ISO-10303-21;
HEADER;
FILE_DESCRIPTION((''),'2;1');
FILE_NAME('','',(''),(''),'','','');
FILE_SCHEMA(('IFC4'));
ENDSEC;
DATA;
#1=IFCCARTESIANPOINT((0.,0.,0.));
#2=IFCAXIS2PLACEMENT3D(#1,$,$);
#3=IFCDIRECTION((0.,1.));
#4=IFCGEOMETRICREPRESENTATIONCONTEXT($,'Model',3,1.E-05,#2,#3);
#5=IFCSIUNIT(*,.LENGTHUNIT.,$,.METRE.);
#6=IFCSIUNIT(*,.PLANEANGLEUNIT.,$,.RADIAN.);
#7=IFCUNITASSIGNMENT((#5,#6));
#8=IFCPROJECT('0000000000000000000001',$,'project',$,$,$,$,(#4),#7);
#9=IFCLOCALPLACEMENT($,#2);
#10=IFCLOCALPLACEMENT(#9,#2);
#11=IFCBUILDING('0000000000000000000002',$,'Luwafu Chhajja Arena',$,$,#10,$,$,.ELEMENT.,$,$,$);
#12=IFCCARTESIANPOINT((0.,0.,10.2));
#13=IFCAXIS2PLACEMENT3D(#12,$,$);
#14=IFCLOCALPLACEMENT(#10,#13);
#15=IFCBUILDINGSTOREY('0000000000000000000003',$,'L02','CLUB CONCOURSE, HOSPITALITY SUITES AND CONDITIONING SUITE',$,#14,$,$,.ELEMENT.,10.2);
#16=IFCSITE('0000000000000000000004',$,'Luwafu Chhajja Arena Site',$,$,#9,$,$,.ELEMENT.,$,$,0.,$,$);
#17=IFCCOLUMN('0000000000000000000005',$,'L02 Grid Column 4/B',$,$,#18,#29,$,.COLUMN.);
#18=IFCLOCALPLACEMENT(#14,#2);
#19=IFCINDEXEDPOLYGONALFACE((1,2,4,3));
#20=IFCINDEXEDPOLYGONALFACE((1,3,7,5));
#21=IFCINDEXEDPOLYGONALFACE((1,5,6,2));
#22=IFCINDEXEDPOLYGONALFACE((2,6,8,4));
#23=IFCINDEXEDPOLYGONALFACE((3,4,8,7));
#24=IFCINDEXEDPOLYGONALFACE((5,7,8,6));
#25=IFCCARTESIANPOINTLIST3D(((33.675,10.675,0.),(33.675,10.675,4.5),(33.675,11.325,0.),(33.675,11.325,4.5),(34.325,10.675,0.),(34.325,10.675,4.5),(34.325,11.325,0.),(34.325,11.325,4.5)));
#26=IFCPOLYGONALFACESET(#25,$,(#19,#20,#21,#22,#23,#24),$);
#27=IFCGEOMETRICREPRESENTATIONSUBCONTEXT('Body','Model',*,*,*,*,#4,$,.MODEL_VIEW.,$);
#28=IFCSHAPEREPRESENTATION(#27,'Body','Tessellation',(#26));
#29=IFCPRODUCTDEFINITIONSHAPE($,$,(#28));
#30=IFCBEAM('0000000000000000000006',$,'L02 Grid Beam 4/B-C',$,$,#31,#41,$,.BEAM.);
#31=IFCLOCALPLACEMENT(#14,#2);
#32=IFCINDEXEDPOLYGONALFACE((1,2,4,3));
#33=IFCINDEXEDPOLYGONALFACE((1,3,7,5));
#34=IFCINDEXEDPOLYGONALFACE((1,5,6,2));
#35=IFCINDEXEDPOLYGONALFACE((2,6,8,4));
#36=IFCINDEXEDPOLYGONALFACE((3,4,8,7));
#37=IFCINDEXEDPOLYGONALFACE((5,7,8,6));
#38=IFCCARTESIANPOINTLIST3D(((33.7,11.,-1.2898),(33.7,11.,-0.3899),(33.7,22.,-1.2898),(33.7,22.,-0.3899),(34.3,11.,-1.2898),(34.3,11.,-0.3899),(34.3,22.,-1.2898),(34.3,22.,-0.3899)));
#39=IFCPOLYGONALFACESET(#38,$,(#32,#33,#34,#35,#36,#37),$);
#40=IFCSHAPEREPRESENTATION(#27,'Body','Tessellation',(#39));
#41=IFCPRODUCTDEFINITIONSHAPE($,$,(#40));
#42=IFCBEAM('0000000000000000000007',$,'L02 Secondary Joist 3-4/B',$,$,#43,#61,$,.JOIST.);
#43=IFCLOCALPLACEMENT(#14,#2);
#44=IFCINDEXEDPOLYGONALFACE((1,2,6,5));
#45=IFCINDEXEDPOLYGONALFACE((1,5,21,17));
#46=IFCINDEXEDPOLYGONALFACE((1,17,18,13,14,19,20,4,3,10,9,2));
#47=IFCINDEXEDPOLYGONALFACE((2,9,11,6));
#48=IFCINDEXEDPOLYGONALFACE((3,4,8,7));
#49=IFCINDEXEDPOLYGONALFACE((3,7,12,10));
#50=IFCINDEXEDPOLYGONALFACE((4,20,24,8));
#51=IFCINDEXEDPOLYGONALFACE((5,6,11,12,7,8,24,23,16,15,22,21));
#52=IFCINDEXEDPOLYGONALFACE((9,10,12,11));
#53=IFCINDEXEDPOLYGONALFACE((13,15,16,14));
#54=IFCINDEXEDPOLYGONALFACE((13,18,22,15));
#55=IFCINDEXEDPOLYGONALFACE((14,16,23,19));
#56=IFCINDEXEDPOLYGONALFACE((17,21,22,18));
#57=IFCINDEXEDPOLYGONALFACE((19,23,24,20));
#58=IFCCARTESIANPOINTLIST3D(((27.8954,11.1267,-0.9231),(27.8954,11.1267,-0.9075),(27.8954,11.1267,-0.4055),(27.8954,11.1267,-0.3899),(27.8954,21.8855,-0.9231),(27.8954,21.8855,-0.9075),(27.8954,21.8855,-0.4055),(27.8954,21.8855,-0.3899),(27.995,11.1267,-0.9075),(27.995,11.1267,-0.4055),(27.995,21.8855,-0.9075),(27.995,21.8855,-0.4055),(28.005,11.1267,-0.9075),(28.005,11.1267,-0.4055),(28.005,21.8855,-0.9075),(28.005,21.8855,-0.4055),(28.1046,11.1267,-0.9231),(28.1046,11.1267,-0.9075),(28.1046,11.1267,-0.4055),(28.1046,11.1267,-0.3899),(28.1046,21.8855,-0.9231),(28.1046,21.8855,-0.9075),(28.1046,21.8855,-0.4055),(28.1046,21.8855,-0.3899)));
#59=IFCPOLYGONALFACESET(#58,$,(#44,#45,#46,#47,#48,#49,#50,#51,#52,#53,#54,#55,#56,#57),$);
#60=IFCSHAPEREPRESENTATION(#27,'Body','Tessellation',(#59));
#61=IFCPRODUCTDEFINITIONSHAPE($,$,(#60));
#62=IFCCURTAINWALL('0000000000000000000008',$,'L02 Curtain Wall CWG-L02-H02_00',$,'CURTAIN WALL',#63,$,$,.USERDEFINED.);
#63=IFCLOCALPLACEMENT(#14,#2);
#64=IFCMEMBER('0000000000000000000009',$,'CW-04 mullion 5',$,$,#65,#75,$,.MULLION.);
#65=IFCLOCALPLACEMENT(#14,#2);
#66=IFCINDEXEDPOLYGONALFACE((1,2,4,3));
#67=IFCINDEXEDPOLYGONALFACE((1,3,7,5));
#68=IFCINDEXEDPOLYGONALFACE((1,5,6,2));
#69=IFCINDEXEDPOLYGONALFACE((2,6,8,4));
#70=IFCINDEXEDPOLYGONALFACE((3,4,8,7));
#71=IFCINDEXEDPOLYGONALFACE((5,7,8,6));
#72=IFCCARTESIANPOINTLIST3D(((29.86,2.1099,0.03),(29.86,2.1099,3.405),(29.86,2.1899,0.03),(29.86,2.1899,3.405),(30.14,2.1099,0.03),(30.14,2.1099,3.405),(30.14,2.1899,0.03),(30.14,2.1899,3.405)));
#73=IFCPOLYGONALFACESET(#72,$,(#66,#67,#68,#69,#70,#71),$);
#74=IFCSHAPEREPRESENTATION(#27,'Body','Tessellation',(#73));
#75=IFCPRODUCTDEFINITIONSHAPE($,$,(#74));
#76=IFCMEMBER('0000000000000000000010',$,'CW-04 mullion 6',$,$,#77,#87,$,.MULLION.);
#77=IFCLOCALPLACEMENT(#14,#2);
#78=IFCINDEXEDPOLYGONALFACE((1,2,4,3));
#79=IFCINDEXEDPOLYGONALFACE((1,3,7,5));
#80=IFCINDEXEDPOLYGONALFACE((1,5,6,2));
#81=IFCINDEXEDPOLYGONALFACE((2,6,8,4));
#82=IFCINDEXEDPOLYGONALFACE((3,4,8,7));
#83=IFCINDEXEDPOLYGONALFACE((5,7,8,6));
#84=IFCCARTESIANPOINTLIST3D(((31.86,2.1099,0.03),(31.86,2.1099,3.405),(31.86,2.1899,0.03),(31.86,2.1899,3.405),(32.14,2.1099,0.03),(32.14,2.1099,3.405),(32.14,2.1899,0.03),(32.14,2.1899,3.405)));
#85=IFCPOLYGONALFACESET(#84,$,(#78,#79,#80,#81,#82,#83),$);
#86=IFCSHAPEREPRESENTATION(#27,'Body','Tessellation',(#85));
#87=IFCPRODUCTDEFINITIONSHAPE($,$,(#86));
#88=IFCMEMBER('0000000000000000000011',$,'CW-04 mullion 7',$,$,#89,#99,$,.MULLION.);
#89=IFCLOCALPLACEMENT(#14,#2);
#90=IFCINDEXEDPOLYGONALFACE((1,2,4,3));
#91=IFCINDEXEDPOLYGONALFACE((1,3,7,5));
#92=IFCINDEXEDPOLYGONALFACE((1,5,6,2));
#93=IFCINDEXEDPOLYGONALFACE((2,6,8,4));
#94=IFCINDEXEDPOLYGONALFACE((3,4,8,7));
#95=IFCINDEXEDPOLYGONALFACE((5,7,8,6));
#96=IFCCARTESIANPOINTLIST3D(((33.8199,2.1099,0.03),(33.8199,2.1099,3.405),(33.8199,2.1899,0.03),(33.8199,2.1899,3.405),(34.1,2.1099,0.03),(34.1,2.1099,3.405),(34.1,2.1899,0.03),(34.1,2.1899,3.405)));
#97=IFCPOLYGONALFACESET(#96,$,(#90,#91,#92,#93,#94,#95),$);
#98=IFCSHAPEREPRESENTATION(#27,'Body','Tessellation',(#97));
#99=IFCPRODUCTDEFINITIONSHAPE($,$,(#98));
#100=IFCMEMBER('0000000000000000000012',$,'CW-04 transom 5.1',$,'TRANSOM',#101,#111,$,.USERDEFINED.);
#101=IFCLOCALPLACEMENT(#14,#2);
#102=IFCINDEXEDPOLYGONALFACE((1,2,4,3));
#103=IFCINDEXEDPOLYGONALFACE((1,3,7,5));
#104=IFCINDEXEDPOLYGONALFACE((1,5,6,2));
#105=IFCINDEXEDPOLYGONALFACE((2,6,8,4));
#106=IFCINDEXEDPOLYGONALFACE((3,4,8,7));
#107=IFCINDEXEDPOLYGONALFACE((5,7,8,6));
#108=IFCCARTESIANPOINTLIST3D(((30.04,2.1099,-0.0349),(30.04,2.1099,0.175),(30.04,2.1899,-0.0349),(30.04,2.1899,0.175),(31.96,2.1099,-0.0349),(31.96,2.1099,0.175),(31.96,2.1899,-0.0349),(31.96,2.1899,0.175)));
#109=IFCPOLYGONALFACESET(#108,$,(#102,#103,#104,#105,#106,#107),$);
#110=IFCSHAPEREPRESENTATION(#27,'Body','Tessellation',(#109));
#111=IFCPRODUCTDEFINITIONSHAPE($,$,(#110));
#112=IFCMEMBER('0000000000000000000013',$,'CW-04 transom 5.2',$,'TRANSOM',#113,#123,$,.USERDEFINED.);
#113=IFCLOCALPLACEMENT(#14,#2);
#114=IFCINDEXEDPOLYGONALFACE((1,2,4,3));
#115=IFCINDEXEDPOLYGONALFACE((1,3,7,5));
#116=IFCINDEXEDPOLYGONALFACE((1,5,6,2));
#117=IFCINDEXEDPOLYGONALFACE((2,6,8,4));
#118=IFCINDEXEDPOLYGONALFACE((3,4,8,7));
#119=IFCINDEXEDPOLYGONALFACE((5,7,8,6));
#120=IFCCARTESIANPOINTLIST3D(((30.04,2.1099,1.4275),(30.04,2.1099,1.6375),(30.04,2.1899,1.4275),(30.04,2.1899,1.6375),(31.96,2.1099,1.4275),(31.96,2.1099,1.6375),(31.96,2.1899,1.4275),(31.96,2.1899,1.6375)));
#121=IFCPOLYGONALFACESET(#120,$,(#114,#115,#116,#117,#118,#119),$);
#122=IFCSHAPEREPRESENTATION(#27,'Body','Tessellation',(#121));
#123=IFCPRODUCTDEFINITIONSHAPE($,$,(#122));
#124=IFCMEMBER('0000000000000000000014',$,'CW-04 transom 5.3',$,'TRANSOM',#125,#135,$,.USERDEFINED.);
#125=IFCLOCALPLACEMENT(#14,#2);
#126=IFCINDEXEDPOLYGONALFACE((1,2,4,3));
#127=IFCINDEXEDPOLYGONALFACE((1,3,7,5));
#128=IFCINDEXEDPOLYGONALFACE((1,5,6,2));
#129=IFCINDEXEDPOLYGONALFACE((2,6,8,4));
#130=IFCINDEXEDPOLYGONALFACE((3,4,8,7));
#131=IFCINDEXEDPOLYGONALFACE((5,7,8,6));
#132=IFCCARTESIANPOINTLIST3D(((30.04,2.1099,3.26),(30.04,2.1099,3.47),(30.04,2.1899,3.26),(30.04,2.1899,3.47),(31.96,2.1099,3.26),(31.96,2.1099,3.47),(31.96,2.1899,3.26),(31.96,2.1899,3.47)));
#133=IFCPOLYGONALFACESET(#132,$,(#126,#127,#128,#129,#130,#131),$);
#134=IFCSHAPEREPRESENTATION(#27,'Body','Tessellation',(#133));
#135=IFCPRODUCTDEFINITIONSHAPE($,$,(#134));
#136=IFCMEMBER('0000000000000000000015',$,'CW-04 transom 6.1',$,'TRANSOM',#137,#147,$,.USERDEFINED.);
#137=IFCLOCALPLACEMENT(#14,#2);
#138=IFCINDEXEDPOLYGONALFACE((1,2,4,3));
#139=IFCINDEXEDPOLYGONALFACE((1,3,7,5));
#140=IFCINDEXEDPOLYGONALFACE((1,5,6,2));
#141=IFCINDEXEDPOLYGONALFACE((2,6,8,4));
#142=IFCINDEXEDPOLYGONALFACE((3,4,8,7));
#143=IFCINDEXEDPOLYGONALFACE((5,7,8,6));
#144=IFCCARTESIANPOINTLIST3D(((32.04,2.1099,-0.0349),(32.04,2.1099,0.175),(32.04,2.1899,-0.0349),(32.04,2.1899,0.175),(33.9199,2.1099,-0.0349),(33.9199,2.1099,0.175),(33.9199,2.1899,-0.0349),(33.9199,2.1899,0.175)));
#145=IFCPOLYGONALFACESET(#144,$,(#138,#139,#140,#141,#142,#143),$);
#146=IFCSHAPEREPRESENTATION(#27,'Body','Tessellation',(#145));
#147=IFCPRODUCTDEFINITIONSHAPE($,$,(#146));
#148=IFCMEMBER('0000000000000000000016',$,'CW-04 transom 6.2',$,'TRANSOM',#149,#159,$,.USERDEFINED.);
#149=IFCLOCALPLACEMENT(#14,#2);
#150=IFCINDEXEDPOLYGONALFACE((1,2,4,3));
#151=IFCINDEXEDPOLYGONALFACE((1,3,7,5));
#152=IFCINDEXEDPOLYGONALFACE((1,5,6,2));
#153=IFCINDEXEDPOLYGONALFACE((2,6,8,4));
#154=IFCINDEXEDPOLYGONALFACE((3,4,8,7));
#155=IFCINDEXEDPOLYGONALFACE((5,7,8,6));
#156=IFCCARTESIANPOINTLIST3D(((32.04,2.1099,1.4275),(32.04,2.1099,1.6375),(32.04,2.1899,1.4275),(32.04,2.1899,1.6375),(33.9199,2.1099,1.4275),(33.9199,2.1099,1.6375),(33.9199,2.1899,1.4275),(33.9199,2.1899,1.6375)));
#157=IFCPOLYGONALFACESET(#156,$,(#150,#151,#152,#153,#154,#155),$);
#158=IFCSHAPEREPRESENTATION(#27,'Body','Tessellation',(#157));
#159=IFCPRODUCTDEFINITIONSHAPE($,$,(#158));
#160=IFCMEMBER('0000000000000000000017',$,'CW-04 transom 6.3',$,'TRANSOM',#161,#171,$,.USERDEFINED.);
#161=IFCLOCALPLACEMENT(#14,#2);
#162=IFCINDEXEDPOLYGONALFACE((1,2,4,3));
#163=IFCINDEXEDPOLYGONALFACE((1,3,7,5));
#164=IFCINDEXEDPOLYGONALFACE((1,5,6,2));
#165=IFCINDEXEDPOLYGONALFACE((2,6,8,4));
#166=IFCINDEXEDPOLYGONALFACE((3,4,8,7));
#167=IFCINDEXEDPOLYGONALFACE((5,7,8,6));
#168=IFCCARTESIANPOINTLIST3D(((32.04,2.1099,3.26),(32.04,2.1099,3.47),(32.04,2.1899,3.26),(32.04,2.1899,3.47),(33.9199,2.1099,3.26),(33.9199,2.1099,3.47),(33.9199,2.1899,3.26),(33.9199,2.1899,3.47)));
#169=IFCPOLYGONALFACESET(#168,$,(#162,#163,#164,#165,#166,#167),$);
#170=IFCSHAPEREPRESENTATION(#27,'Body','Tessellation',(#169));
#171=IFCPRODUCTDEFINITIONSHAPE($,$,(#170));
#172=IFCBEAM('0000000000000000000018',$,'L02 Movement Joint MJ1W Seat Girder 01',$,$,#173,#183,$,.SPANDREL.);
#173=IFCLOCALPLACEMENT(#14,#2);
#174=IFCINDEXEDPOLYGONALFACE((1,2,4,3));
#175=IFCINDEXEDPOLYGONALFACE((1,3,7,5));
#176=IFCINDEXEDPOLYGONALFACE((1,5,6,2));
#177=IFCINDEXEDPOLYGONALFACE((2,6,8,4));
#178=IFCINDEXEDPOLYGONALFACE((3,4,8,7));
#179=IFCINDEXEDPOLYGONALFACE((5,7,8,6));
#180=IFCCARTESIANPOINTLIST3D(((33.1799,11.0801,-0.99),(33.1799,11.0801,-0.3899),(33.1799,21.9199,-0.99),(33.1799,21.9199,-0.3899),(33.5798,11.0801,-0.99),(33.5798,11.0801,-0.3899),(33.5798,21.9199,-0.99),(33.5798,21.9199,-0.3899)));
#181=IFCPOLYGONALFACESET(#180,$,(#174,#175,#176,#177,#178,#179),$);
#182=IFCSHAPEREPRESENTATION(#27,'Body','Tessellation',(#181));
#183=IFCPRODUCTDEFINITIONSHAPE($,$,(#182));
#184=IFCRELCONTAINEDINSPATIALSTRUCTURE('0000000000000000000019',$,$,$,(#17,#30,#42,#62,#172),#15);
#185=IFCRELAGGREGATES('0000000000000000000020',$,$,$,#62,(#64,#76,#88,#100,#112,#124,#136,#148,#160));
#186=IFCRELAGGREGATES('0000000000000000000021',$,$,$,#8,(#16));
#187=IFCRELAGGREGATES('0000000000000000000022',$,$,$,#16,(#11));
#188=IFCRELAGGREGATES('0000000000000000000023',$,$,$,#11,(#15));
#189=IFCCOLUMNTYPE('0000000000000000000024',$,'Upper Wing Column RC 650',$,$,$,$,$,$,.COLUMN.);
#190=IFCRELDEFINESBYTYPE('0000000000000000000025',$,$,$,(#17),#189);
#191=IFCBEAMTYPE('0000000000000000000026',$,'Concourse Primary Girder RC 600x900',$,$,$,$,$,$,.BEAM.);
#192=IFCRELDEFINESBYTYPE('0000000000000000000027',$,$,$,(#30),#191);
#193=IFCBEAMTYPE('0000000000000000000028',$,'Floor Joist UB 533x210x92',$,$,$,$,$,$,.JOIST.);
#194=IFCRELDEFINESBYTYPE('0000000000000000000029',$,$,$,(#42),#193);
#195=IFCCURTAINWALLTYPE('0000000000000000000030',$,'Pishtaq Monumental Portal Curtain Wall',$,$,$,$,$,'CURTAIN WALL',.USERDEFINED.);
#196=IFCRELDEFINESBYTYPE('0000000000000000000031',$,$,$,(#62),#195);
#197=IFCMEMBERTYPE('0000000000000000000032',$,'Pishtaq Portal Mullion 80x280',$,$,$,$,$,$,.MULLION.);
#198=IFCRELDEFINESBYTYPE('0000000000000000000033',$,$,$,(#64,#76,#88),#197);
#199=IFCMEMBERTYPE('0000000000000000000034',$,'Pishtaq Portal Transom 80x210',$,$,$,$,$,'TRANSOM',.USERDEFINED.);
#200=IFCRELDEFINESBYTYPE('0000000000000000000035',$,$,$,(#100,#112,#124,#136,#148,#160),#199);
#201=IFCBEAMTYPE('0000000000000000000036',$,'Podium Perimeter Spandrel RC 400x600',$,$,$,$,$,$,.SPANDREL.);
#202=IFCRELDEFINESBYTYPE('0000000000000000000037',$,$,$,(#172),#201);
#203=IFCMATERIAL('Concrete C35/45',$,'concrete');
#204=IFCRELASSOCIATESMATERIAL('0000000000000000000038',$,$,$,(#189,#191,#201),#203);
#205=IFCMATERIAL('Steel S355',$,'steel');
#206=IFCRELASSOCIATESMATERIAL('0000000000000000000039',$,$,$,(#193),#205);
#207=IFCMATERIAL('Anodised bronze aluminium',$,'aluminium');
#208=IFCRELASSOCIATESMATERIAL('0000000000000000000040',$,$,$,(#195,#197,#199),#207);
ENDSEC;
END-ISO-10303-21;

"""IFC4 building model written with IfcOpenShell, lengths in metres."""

from ifc_helpers import new_model, si_unit, direction, frame, origin, origin_2d, place, context, subcontext, project, spatial, rectangle, i_section, extrude, material, material_profile, profile_set, type_object, element, aggregate, save


model = new_model("IFC4")

# Units and contexts
model_context = context("Model", 3, precision=1e-05, world=origin(), true_north=direction((0.0, 1.0)))
body_context = subcontext(model_context, "Body", "Model", "MODEL_VIEW")
ifc_project = project(units=[si_unit("LENGTHUNIT", "METRE"), si_unit("PLANEANGLEUNIT", "RADIAN")], contexts=[model_context])

# Site, building, storey
site_placement = place(None, origin())
site = spatial("IfcSite", under=ifc_project, at=site_placement, Name="Luwafu Chhajja Arena Site", CompositionType="ELEMENT", RefElevation=0.0)
building_placement = place(site_placement, origin())
building = spatial("IfcBuilding", under=site, at=building_placement, Name="Luwafu Chhajja Arena", CompositionType="ELEMENT")
storey_placement = place(building_placement, frame((0.0, 0.0, 10.2)))
storey = spatial("IfcBuildingStorey", under=building, at=storey_placement, Name="L02", Description="CLUB CONCOURSE, HOSPITALITY SUITES AND CONDITIONING SUITE", CompositionType="ELEMENT", Elevation=10.2)

# Column
ifc_material_1 = material(Name="Concrete C35/45", Category="concrete")
ifc_material_profile_1 = material_profile(ifc_material_1, rectangle(XDim=0.6499, YDim=0.6499, at=origin_2d()), Name="RC 650x650")
ifc_profile_set_1 = profile_set([ifc_material_profile_1], Name="Concrete C35/45")
column_type = type_object("IfcColumnType", Name="Upper Wing Column RC 650", PredefinedType="COLUMN", material=ifc_profile_set_1)
column_placement = place(storey_placement, frame((34.0, 11.0, 0.0), z_axis=(0.0, 0.0, 1.0), x_axis=(1.0, 0.0, 0.0)))
element("IfcColumn", 1, at=column_placement, inside=storey, type_object=column_type, Name="L02 Grid Column 4/B", PredefinedType="COLUMN", context=body_context, shape_type="SweptSolid", body=[
    extrude(rectangle(XDim=0.6499, YDim=0.6499, at=origin_2d()), origin(), (0.0, 0.0, 1.0), 4.5),
])

# Beams
ifc_material_profile_2 = material_profile(ifc_material_1, rectangle(XDim=0.6001, YDim=0.8999, at=origin_2d()), Name="RC 600x900")
ifc_profile_set_2 = profile_set([ifc_material_profile_2], Name="Concrete C35/45")
beam_type_1 = type_object("IfcBeamType", Name="Concourse Primary Girder RC 600x900", PredefinedType="BEAM", material=ifc_profile_set_2)
beam_1_placement = place(storey_placement, frame((34.0, 11.0, -0.8398), z_axis=(0.0, 1.0, 0.0), x_axis=(-1.0, 0.0, 0.0)))
element("IfcBeam", 2, at=beam_1_placement, inside=storey, type_object=beam_type_1, Name="L02 Grid Beam 4/B-C", PredefinedType="BEAM", context=body_context, shape_type="SweptSolid", body=[
    extrude(rectangle(XDim=0.6001, YDim=0.8999, at=origin_2d()), origin(), (0.0, 0.0, 1.0), 11.0),
])
ifc_material_2 = material(Name="Steel S355", Category="steel")
ifc_material_profile_3 = material_profile(ifc_material_2, i_section(OverallWidth=0.2092, OverallDepth=0.5332, WebThickness=0.01, FlangeThickness=0.0156, at=origin_2d()), Name="UB 533x210x92")
ifc_profile_set_3 = profile_set([ifc_material_profile_3], Name="Steel S355")
beam_type_2 = type_object("IfcBeamType", Name="Floor Joist UB 533x210x92", PredefinedType="JOIST", material=ifc_profile_set_3)
beam_2_placement = place(storey_placement, frame((28.0, 11.1267, -0.6565), z_axis=(0.0, 1.0, 0.0), x_axis=(-1.0, 0.0, 0.0)))
element("IfcBeam", 3, at=beam_2_placement, inside=storey, type_object=beam_type_2, Name="L02 Secondary Joist 3-4/B", PredefinedType="JOIST", context=body_context, shape_type="SweptSolid", body=[
    extrude(i_section(OverallWidth=0.2092, OverallDepth=0.5332, WebThickness=0.01, FlangeThickness=0.0156, at=origin_2d()), origin(), (0.0, 0.0, 1.0), 10.7588),
])

# Curtain wall, members
ifc_material_3 = material(Name="Anodised bronze aluminium", Category="aluminium")
curtain_wall_type = type_object("IfcCurtainWallType", Name="Pishtaq Monumental Portal Curtain Wall", ElementType="CURTAIN WALL", PredefinedType="USERDEFINED", material=ifc_material_3)
curtain_wall_placement = place(storey_placement, origin())
curtain_wall = element("IfcCurtainWall", 4, at=curtain_wall_placement, inside=storey, type_object=curtain_wall_type, Name="L02 Curtain Wall CWG-L02-H02_00", ObjectType="CURTAIN WALL", PredefinedType="USERDEFINED")
ifc_material_profile_4 = material_profile(ifc_material_3, rectangle(XDim=0.0801, YDim=0.28, at=origin_2d()), Name="CWM 80x280")
ifc_profile_set_4 = profile_set([ifc_material_profile_4], Name="Anodised bronze aluminium")
member_type_1 = type_object("IfcMemberType", Name="Pishtaq Portal Mullion 80x280", PredefinedType="MULLION", material=ifc_profile_set_4)
member_1_placement = place(storey_placement, frame((30.0, 2.1499, 0.03), z_axis=(0.0, 0.0, 1.0), x_axis=(0.0, 1.0, 0.0)))
member_1 = element("IfcMember", 5, at=member_1_placement, type_object=member_type_1, Name="CW-04 mullion 5", PredefinedType="MULLION", context=body_context, shape_type="SweptSolid", body=[
    extrude(rectangle(XDim=0.0801, YDim=0.28, at=origin_2d()), origin(), (0.0, 0.0, 1.0), 3.375),
])
member_2_placement = place(storey_placement, frame((32.0, 2.1499, 0.03), z_axis=(0.0, 0.0, 1.0), x_axis=(0.0, 1.0, 0.0)))
member_2 = element("IfcMember", 6, at=member_2_placement, type_object=member_type_1, Name="CW-04 mullion 6", PredefinedType="MULLION", context=body_context, shape_type="SweptSolid", body=[
    extrude(rectangle(XDim=0.0801, YDim=0.28, at=origin_2d()), origin(), (0.0, 0.0, 1.0), 3.375),
])
member_3_placement = place(storey_placement, frame((33.96, 2.1499, 0.03), z_axis=(0.0, 0.0, 1.0), x_axis=(0.0, 1.0, 0.0)))
member_3 = element("IfcMember", 7, at=member_3_placement, type_object=member_type_1, Name="CW-04 mullion 7", PredefinedType="MULLION", context=body_context, shape_type="SweptSolid", body=[
    extrude(rectangle(XDim=0.0801, YDim=0.28, at=origin_2d()), origin(), (0.0, 0.0, 1.0), 3.375),
])
ifc_material_profile_5 = material_profile(ifc_material_3, rectangle(XDim=0.0801, YDim=0.21, at=origin_2d()), Name="CWT 80x210")
ifc_profile_set_5 = profile_set([ifc_material_profile_5], Name="Anodised bronze aluminium")
member_type_2 = type_object("IfcMemberType", Name="Pishtaq Portal Transom 80x210", ElementType="TRANSOM", PredefinedType="USERDEFINED", material=ifc_profile_set_5)
member_4_placement = place(storey_placement, frame((30.04, 2.1499, 0.0701), z_axis=(1.0, 0.0, 0.0), x_axis=(0.0, 1.0, 0.0)))
member_4 = element("IfcMember", 8, at=member_4_placement, type_object=member_type_2, Name="CW-04 transom 5.1", ObjectType="TRANSOM", PredefinedType="USERDEFINED", context=body_context, shape_type="SweptSolid", body=[
    extrude(rectangle(XDim=0.0801, YDim=0.21, at=origin_2d()), origin(), (0.0, 0.0, 1.0), 1.9199),
])
member_5_placement = place(storey_placement, frame((30.04, 2.1499, 1.5325), z_axis=(1.0, 0.0, 0.0), x_axis=(0.0, 1.0, 0.0)))
member_5 = element("IfcMember", 9, at=member_5_placement, type_object=member_type_2, Name="CW-04 transom 5.2", ObjectType="TRANSOM", PredefinedType="USERDEFINED", context=body_context, shape_type="SweptSolid", body=[
    extrude(rectangle(XDim=0.0801, YDim=0.21, at=origin_2d()), origin(), (0.0, 0.0, 1.0), 1.9199),
])
member_6_placement = place(storey_placement, frame((30.04, 2.1499, 3.365), z_axis=(1.0, 0.0, 0.0), x_axis=(0.0, 1.0, 0.0)))
member_6 = element("IfcMember", 10, at=member_6_placement, type_object=member_type_2, Name="CW-04 transom 5.3", ObjectType="TRANSOM", PredefinedType="USERDEFINED", context=body_context, shape_type="SweptSolid", body=[
    extrude(rectangle(XDim=0.0801, YDim=0.21, at=origin_2d()), origin(), (0.0, 0.0, 1.0), 1.9199),
])
member_7_placement = place(storey_placement, frame((32.04, 2.1499, 0.0701), z_axis=(1.0, 0.0, 0.0), x_axis=(0.0, 1.0, 0.0)))
member_7 = element("IfcMember", 11, at=member_7_placement, type_object=member_type_2, Name="CW-04 transom 6.1", ObjectType="TRANSOM", PredefinedType="USERDEFINED", context=body_context, shape_type="SweptSolid", body=[
    extrude(rectangle(XDim=0.0801, YDim=0.21, at=origin_2d()), origin(), (0.0, 0.0, 1.0), 1.8799),
])
member_8_placement = place(storey_placement, frame((32.04, 2.1499, 1.5325), z_axis=(1.0, 0.0, 0.0), x_axis=(0.0, 1.0, 0.0)))
member_8 = element("IfcMember", 12, at=member_8_placement, type_object=member_type_2, Name="CW-04 transom 6.2", ObjectType="TRANSOM", PredefinedType="USERDEFINED", context=body_context, shape_type="SweptSolid", body=[
    extrude(rectangle(XDim=0.0801, YDim=0.21, at=origin_2d()), origin(), (0.0, 0.0, 1.0), 1.8799),
])
member_9_placement = place(storey_placement, frame((32.04, 2.1499, 3.365), z_axis=(1.0, 0.0, 0.0), x_axis=(0.0, 1.0, 0.0)))
member_9 = element("IfcMember", 13, at=member_9_placement, type_object=member_type_2, Name="CW-04 transom 6.3", ObjectType="TRANSOM", PredefinedType="USERDEFINED", context=body_context, shape_type="SweptSolid", body=[
    extrude(rectangle(XDim=0.0801, YDim=0.21, at=origin_2d()), origin(), (0.0, 0.0, 1.0), 1.8799),
])

# Beam
ifc_material_profile_6 = material_profile(ifc_material_1, rectangle(XDim=0.3999, YDim=0.6001, at=origin_2d()), Name="RC 400x600")
ifc_profile_set_6 = profile_set([ifc_material_profile_6], Name="Concrete C35/45")
beam_type_3 = type_object("IfcBeamType", Name="Podium Perimeter Spandrel RC 400x600", PredefinedType="SPANDREL", material=ifc_profile_set_6)
for number, where, z_axis, x_axis, name in (
    (14, (33.3799, 11.0801, -0.6899), (0.0, 1.0, 0.0), (-1.0, 0.0, 0.0), "L02 Movement Joint MJ1W Seat Girder 01"),
):
    element("IfcBeam", number, at=place(storey_placement, frame(where, z_axis=z_axis, x_axis=x_axis)), inside=storey, type_object=beam_type_3, Name=name, PredefinedType="SPANDREL", context=body_context, shape_type="SweptSolid", body=[
        extrude(rectangle(XDim=0.3999, YDim=0.6001, at=origin_2d()), origin(), (0.0, 0.0, 1.0), 10.8398),
    ])

aggregate(curtain_wall, [member_1, member_2, member_3, member_4, member_5, member_6, member_7, member_8, member_9])

save(model, "model.ifc")
